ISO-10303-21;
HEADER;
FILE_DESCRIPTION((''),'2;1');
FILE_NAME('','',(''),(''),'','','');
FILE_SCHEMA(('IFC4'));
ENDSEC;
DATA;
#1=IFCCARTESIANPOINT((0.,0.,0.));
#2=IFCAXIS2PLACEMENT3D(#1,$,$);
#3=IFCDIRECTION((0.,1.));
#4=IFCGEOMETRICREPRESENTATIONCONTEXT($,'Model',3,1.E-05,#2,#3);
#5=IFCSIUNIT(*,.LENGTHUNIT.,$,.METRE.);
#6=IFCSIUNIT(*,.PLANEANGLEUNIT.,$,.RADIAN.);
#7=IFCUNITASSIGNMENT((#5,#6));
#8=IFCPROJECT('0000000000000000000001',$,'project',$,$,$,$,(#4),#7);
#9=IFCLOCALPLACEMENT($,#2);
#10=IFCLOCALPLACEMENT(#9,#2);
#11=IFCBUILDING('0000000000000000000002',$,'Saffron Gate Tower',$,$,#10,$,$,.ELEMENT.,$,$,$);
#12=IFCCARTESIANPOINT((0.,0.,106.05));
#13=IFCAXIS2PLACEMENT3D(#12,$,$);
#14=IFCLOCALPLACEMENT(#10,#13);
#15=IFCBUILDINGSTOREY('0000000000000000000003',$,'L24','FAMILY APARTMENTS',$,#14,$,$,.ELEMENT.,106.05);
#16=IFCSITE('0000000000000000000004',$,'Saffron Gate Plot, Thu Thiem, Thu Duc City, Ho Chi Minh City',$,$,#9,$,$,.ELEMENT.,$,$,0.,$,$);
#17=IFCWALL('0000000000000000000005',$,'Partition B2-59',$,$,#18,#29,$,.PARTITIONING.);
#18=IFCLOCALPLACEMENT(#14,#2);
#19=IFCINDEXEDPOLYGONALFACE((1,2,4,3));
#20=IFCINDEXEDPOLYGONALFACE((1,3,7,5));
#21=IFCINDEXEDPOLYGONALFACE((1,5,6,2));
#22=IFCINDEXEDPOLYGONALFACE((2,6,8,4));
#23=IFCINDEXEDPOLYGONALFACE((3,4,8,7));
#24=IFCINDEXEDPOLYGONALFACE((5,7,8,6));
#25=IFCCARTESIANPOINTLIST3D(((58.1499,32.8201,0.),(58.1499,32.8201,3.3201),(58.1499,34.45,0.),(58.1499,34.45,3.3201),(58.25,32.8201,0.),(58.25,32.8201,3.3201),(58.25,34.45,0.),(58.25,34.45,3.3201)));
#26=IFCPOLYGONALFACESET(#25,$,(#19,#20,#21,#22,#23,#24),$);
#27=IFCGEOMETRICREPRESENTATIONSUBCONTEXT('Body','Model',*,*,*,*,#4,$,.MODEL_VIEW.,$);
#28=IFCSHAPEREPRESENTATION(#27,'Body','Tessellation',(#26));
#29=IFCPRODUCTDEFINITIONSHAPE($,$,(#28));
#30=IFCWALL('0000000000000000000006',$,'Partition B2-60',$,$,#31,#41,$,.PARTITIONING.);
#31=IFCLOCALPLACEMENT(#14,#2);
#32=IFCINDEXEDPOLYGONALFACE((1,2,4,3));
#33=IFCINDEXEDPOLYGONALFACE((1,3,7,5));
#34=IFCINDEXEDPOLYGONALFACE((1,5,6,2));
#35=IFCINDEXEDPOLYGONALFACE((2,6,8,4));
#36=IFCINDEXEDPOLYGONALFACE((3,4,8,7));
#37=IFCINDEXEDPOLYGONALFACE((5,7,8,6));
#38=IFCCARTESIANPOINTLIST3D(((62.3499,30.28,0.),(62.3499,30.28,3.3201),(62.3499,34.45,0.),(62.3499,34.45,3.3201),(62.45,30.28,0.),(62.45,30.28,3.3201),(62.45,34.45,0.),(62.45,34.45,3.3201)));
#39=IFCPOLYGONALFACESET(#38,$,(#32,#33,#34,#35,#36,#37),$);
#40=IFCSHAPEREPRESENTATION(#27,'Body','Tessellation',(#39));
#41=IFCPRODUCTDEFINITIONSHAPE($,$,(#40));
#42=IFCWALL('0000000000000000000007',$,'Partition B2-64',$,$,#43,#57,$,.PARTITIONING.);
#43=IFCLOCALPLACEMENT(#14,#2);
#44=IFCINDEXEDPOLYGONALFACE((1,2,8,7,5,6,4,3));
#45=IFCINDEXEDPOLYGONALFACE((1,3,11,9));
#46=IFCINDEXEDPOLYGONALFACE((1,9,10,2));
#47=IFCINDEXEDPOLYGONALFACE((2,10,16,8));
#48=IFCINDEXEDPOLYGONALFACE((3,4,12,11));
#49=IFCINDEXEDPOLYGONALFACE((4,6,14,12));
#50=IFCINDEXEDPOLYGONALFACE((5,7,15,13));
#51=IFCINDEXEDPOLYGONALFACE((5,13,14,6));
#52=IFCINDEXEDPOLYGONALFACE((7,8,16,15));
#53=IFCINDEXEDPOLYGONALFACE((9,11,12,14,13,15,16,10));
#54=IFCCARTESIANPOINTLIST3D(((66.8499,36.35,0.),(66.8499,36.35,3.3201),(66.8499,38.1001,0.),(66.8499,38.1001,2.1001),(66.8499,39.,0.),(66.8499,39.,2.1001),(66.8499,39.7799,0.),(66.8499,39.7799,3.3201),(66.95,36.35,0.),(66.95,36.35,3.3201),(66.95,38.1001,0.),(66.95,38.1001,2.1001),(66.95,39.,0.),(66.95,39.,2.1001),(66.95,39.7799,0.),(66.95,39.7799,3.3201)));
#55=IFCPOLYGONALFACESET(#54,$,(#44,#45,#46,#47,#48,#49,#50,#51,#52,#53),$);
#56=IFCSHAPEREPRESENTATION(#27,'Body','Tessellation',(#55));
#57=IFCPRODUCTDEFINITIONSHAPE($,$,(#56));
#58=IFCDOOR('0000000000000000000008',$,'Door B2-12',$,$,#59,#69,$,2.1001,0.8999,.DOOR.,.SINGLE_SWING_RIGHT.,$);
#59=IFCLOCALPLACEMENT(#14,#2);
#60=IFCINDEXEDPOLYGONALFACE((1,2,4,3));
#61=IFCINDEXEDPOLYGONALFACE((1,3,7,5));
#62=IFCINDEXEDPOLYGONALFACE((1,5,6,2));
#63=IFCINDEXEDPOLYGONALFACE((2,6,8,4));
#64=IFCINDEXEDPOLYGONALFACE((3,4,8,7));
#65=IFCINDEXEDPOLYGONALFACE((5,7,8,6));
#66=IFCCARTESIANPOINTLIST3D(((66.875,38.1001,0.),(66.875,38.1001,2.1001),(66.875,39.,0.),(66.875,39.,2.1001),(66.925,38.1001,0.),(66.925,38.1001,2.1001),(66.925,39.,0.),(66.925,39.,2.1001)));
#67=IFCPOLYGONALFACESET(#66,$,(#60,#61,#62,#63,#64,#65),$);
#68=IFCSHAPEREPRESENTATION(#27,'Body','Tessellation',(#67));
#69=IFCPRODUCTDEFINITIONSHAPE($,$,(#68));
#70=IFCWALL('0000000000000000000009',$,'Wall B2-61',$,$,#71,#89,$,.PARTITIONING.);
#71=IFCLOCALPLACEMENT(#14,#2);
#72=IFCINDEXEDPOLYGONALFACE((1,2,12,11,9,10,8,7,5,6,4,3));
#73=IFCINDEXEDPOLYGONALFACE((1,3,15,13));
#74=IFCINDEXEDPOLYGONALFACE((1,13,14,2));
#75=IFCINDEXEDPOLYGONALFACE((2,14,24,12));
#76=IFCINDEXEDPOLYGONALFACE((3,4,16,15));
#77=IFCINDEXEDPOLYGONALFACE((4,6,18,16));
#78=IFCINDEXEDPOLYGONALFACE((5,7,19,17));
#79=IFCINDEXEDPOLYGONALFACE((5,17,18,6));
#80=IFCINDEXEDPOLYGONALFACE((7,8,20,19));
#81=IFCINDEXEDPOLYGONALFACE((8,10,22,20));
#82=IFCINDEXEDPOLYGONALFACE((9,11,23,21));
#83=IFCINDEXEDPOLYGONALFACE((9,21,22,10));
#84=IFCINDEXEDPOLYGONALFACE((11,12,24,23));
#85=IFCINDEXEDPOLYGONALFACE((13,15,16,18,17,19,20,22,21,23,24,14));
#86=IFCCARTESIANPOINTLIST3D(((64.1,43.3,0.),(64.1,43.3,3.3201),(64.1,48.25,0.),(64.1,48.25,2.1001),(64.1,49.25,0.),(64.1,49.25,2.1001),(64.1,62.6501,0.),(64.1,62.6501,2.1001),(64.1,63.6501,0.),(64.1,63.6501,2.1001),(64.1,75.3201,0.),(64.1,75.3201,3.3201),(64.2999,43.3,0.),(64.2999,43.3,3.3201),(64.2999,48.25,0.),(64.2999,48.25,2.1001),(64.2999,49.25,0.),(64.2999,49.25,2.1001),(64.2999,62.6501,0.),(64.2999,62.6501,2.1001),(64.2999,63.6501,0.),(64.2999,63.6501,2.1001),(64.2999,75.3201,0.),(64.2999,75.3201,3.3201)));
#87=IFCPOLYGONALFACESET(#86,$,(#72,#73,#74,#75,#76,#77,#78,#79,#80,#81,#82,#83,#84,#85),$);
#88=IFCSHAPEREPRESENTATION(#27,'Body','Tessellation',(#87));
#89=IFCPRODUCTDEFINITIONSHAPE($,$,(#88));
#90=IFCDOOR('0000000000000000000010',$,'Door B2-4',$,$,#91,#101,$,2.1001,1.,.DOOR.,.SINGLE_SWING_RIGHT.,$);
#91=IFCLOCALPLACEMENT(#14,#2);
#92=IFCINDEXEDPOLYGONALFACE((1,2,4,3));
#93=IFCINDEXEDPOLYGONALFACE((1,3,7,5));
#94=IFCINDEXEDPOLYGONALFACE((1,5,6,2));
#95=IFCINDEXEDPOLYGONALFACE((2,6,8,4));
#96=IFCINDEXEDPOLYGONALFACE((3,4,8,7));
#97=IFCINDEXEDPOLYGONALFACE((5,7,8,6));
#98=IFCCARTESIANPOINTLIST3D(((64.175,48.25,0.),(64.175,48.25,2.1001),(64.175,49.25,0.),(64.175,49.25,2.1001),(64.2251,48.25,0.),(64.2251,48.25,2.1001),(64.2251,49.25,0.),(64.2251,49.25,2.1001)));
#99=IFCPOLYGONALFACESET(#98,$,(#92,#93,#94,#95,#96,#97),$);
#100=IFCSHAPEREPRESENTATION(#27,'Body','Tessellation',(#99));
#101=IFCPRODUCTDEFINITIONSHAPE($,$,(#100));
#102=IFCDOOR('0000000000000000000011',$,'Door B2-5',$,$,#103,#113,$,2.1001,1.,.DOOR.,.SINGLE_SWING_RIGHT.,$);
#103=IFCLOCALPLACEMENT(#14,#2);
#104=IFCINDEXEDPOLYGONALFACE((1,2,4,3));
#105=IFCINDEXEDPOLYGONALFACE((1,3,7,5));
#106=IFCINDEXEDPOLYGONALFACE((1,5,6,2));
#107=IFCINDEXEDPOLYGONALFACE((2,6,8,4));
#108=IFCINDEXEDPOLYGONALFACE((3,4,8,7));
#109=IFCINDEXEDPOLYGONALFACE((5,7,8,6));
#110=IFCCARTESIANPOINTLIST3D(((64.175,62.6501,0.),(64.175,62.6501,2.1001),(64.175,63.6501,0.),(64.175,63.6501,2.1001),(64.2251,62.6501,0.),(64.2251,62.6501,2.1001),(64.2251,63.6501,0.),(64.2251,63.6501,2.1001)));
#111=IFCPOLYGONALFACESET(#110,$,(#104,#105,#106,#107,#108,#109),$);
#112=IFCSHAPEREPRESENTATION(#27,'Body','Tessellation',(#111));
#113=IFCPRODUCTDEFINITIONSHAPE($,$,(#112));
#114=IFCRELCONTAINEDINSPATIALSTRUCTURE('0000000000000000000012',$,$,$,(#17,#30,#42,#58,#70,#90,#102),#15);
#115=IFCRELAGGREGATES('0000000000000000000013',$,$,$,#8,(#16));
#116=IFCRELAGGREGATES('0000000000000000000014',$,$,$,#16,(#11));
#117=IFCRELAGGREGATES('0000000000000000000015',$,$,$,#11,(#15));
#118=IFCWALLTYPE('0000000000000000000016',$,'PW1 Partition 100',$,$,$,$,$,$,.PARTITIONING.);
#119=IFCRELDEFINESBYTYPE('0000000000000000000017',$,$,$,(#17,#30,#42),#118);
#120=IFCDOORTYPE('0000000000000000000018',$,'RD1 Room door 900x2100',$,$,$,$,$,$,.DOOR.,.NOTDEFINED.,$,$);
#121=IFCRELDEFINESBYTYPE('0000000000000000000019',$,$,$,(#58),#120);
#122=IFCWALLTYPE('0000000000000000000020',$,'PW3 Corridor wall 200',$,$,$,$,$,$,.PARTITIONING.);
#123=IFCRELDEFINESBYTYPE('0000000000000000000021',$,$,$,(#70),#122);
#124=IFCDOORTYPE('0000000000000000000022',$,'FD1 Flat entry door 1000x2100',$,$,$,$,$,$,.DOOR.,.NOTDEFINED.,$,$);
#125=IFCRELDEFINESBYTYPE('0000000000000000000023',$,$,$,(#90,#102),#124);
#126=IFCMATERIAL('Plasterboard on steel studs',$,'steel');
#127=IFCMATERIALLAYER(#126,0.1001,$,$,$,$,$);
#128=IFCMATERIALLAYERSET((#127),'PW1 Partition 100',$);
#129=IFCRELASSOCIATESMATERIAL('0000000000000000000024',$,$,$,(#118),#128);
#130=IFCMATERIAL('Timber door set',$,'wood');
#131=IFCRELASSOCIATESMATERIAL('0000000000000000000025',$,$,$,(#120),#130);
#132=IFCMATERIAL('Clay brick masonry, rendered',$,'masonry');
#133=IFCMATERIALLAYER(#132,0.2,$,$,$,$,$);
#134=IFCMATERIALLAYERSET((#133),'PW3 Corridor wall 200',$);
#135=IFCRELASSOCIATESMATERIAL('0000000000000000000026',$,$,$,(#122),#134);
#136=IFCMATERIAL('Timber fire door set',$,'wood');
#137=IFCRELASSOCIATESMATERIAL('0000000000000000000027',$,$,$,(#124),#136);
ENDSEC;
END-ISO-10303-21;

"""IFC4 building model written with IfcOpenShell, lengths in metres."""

from ifc_helpers import new_model, si_unit, direction, frame, frame_2d, origin, place, context, subcontext, project, spatial, rectangle, extrude, material, layer, layer_set, type_object, element, fill, save


model = new_model("IFC4")

# Units and contexts
model_context = context("Model", 3, precision=1e-05, world=origin(), true_north=direction((0.0, 1.0)))
body_context = subcontext(model_context, "Body", "Model", "MODEL_VIEW")
ifc_project = project(units=[si_unit("LENGTHUNIT", "METRE"), si_unit("PLANEANGLEUNIT", "RADIAN")], contexts=[model_context])

# Site, building, storey
site_placement = place(None, origin())
site = spatial("IfcSite", under=ifc_project, at=site_placement, Name="Saffron Gate Plot, Thu Thiem, Thu Duc City, Ho Chi Minh City", CompositionType="ELEMENT", RefElevation=0.0)
building_placement = place(site_placement, origin())
building = spatial("IfcBuilding", under=site, at=building_placement, Name="Saffron Gate Tower", CompositionType="ELEMENT")
storey_placement = place(building_placement, frame((0.0, 0.0, 106.05)))
storey = spatial("IfcBuildingStorey", under=building, at=storey_placement, Name="L24", Description="FAMILY APARTMENTS", CompositionType="ELEMENT", Elevation=106.05)

# Walls
ifc_material_1 = material(Name="Plasterboard on steel studs", Category="steel")
ifc_layer_1 = layer(ifc_material_1, 0.1001)
ifc_layer_set_1 = layer_set([ifc_layer_1], Name="PW1 Partition 100")
wall_type_1 = type_object("IfcWallType", Name="PW1 Partition 100", PredefinedType="PARTITIONING", material=ifc_layer_set_1)
wall_1_placement = place(storey_placement, frame((58.2, 34.45, 0.0), z_axis=(0.0, 0.0, 1.0), x_axis=(0.0, -1.0, 0.0)))
element("IfcWall", 1, at=wall_1_placement, inside=storey, type_object=wall_type_1, Name="Partition B2-59", PredefinedType="PARTITIONING", context=body_context, shape_type="SweptSolid", body=[
    extrude(rectangle(XDim=1.6299, YDim=0.1001, at=frame_2d((0.8149, 0.0))), origin(), (0.0, 0.0, 1.0), 3.3201),
])
wall_2_placement = place(storey_placement, frame((62.3999, 34.45, 0.0), z_axis=(0.0, 0.0, 1.0), x_axis=(0.0, -1.0, 0.0)))
element("IfcWall", 2, at=wall_2_placement, inside=storey, type_object=wall_type_1, Name="Partition B2-60", PredefinedType="PARTITIONING", context=body_context, shape_type="SweptSolid", body=[
    extrude(rectangle(XDim=4.1699, YDim=0.1001, at=frame_2d((2.085, 0.0))), origin(), (0.0, 0.0, 1.0), 3.3201),
])

# Wall, opening, door
wall_3_placement = place(storey_placement, frame((66.8999, 36.3501, 0.0), z_axis=(0.0, 0.0, 1.0), x_axis=(0.0, 1.0, 0.0)))
wall_3 = element("IfcWall", 3, at=wall_3_placement, inside=storey, type_object=wall_type_1, Name="Partition B2-64", PredefinedType="PARTITIONING", context=body_context, shape_type="SweptSolid", body=[
    extrude(rectangle(XDim=3.4299, YDim=0.1001, at=frame_2d((1.7148, 0.0))), origin(), (0.0, 0.0, 1.0), 3.3201),
])
opening_1_placement = place(wall_3_placement, frame((1.75, 0.0, 0.0)))
opening_1 = element("IfcOpeningElement", 4, at=opening_1_placement, cuts=wall_3, PredefinedType="OPENING", context=body_context, shape_type="SweptSolid", body=[
    extrude(rectangle(XDim=0.8999, YDim=2.1001, at=frame_2d((0.45, 1.05))), frame((0.0, 0.0601, 0.0), z_axis=(0.0, -1.0, 0.0), x_axis=(1.0, 0.0, 0.0)), (0.0, 0.0, 1.0), 0.1201),
])
ifc_material_2 = material(Name="Timber door set", Category="wood")
door_type_1 = type_object("IfcDoorType", Name="RD1 Room door 900x2100", OperationType="NOTDEFINED", PredefinedType="DOOR", material=ifc_material_2)
door_1_placement = place(opening_1_placement, origin())
door_1 = element("IfcDoor", 5, at=door_1_placement, inside=storey, type_object=door_type_1, Name="Door B2-12", OperationType="SINGLE_SWING_RIGHT", OverallHeight=2.1001, OverallWidth=0.8999, PredefinedType="DOOR", context=body_context, shape_type="SweptSolid", body=[
    extrude(rectangle(XDim=0.8999, YDim=2.1001, at=frame_2d((0.45, 1.05))), frame((0.0, 0.0249, 0.0), z_axis=(0.0, -1.0, 0.0), x_axis=(1.0, 0.0, 0.0)), (0.0, 0.0, 1.0), 0.05),
])
fill(opening_1, door_1)

# Wall, openings, doors
ifc_material_3 = material(Name="Clay brick masonry, rendered", Category="masonry")
ifc_layer_2 = layer(ifc_material_3, 0.2)
ifc_layer_set_2 = layer_set([ifc_layer_2], Name="PW3 Corridor wall 200")
wall_type_2 = type_object("IfcWallType", Name="PW3 Corridor wall 200", PredefinedType="PARTITIONING", material=ifc_layer_set_2)
wall_4_placement = place(storey_placement, frame((64.2, 43.3, 0.0), z_axis=(0.0, 0.0, 1.0), x_axis=(0.0, 1.0, 0.0)))
wall_4 = element("IfcWall", 6, at=wall_4_placement, inside=storey, type_object=wall_type_2, Name="Wall B2-61", PredefinedType="PARTITIONING", context=body_context, shape_type="SweptSolid", body=[
    extrude(rectangle(XDim=32.02, YDim=0.2, at=frame_2d((16.01, 0.0))), origin(), (0.0, 0.0, 1.0), 3.3201),
])
opening_2_placement = place(wall_4_placement, frame((4.95, 0.0, 0.0)))
opening_2 = element("IfcOpeningElement", 7, at=opening_2_placement, cuts=wall_4, PredefinedType="OPENING", context=body_context, shape_type="SweptSolid", body=[
    extrude(rectangle(XDim=1.0, YDim=2.1001, at=frame_2d((0.5, 1.05))), frame((0.0, 0.1099, 0.0), z_axis=(0.0, -1.0, 0.0), x_axis=(1.0, 0.0, 0.0)), (0.0, 0.0, 1.0), 0.22),
])
opening_3_placement = place(wall_4_placement, frame((19.3501, 0.0, 0.0)))
opening_3 = element("IfcOpeningElement", 8, at=opening_3_placement, cuts=wall_4, PredefinedType="OPENING", context=body_context, shape_type="SweptSolid", body=[
    extrude(rectangle(XDim=1.0, YDim=2.1001, at=frame_2d((0.5, 1.05))), frame((0.0, 0.1099, 0.0), z_axis=(0.0, -1.0, 0.0), x_axis=(1.0, 0.0, 0.0)), (0.0, 0.0, 1.0), 0.22),
])
ifc_material_4 = material(Name="Timber fire door set", Category="wood")
door_type_2 = type_object("IfcDoorType", Name="FD1 Flat entry door 1000x2100", OperationType="NOTDEFINED", PredefinedType="DOOR", material=ifc_material_4)
door_2_placement = place(opening_2_placement, origin())
door_2 = element("IfcDoor", 9, at=door_2_placement, inside=storey, type_object=door_type_2, Name="Door B2-4", OperationType="SINGLE_SWING_RIGHT", OverallHeight=2.1001, OverallWidth=1.0, PredefinedType="DOOR", context=body_context, shape_type="SweptSolid", body=[
    extrude(rectangle(XDim=1.0, YDim=2.1001, at=frame_2d((0.5, 1.05))), frame((0.0, 0.0249, 0.0), z_axis=(0.0, -1.0, 0.0), x_axis=(1.0, 0.0, 0.0)), (0.0, 0.0, 1.0), 0.05),
])
fill(opening_2, door_2)
door_3_placement = place(opening_3_placement, origin())
door_3 = element("IfcDoor", 10, at=door_3_placement, inside=storey, type_object=door_type_2, Name="Door B2-5", OperationType="SINGLE_SWING_RIGHT", OverallHeight=2.1001, OverallWidth=1.0, PredefinedType="DOOR", context=body_context, shape_type="SweptSolid", body=[
    extrude(rectangle(XDim=1.0, YDim=2.1001, at=frame_2d((0.5, 1.05))), frame((0.0, 0.0249, 0.0), z_axis=(0.0, -1.0, 0.0), x_axis=(1.0, 0.0, 0.0)), (0.0, 0.0, 1.0), 0.05),
])
fill(opening_3, door_3)

save(model, "model.ifc")
